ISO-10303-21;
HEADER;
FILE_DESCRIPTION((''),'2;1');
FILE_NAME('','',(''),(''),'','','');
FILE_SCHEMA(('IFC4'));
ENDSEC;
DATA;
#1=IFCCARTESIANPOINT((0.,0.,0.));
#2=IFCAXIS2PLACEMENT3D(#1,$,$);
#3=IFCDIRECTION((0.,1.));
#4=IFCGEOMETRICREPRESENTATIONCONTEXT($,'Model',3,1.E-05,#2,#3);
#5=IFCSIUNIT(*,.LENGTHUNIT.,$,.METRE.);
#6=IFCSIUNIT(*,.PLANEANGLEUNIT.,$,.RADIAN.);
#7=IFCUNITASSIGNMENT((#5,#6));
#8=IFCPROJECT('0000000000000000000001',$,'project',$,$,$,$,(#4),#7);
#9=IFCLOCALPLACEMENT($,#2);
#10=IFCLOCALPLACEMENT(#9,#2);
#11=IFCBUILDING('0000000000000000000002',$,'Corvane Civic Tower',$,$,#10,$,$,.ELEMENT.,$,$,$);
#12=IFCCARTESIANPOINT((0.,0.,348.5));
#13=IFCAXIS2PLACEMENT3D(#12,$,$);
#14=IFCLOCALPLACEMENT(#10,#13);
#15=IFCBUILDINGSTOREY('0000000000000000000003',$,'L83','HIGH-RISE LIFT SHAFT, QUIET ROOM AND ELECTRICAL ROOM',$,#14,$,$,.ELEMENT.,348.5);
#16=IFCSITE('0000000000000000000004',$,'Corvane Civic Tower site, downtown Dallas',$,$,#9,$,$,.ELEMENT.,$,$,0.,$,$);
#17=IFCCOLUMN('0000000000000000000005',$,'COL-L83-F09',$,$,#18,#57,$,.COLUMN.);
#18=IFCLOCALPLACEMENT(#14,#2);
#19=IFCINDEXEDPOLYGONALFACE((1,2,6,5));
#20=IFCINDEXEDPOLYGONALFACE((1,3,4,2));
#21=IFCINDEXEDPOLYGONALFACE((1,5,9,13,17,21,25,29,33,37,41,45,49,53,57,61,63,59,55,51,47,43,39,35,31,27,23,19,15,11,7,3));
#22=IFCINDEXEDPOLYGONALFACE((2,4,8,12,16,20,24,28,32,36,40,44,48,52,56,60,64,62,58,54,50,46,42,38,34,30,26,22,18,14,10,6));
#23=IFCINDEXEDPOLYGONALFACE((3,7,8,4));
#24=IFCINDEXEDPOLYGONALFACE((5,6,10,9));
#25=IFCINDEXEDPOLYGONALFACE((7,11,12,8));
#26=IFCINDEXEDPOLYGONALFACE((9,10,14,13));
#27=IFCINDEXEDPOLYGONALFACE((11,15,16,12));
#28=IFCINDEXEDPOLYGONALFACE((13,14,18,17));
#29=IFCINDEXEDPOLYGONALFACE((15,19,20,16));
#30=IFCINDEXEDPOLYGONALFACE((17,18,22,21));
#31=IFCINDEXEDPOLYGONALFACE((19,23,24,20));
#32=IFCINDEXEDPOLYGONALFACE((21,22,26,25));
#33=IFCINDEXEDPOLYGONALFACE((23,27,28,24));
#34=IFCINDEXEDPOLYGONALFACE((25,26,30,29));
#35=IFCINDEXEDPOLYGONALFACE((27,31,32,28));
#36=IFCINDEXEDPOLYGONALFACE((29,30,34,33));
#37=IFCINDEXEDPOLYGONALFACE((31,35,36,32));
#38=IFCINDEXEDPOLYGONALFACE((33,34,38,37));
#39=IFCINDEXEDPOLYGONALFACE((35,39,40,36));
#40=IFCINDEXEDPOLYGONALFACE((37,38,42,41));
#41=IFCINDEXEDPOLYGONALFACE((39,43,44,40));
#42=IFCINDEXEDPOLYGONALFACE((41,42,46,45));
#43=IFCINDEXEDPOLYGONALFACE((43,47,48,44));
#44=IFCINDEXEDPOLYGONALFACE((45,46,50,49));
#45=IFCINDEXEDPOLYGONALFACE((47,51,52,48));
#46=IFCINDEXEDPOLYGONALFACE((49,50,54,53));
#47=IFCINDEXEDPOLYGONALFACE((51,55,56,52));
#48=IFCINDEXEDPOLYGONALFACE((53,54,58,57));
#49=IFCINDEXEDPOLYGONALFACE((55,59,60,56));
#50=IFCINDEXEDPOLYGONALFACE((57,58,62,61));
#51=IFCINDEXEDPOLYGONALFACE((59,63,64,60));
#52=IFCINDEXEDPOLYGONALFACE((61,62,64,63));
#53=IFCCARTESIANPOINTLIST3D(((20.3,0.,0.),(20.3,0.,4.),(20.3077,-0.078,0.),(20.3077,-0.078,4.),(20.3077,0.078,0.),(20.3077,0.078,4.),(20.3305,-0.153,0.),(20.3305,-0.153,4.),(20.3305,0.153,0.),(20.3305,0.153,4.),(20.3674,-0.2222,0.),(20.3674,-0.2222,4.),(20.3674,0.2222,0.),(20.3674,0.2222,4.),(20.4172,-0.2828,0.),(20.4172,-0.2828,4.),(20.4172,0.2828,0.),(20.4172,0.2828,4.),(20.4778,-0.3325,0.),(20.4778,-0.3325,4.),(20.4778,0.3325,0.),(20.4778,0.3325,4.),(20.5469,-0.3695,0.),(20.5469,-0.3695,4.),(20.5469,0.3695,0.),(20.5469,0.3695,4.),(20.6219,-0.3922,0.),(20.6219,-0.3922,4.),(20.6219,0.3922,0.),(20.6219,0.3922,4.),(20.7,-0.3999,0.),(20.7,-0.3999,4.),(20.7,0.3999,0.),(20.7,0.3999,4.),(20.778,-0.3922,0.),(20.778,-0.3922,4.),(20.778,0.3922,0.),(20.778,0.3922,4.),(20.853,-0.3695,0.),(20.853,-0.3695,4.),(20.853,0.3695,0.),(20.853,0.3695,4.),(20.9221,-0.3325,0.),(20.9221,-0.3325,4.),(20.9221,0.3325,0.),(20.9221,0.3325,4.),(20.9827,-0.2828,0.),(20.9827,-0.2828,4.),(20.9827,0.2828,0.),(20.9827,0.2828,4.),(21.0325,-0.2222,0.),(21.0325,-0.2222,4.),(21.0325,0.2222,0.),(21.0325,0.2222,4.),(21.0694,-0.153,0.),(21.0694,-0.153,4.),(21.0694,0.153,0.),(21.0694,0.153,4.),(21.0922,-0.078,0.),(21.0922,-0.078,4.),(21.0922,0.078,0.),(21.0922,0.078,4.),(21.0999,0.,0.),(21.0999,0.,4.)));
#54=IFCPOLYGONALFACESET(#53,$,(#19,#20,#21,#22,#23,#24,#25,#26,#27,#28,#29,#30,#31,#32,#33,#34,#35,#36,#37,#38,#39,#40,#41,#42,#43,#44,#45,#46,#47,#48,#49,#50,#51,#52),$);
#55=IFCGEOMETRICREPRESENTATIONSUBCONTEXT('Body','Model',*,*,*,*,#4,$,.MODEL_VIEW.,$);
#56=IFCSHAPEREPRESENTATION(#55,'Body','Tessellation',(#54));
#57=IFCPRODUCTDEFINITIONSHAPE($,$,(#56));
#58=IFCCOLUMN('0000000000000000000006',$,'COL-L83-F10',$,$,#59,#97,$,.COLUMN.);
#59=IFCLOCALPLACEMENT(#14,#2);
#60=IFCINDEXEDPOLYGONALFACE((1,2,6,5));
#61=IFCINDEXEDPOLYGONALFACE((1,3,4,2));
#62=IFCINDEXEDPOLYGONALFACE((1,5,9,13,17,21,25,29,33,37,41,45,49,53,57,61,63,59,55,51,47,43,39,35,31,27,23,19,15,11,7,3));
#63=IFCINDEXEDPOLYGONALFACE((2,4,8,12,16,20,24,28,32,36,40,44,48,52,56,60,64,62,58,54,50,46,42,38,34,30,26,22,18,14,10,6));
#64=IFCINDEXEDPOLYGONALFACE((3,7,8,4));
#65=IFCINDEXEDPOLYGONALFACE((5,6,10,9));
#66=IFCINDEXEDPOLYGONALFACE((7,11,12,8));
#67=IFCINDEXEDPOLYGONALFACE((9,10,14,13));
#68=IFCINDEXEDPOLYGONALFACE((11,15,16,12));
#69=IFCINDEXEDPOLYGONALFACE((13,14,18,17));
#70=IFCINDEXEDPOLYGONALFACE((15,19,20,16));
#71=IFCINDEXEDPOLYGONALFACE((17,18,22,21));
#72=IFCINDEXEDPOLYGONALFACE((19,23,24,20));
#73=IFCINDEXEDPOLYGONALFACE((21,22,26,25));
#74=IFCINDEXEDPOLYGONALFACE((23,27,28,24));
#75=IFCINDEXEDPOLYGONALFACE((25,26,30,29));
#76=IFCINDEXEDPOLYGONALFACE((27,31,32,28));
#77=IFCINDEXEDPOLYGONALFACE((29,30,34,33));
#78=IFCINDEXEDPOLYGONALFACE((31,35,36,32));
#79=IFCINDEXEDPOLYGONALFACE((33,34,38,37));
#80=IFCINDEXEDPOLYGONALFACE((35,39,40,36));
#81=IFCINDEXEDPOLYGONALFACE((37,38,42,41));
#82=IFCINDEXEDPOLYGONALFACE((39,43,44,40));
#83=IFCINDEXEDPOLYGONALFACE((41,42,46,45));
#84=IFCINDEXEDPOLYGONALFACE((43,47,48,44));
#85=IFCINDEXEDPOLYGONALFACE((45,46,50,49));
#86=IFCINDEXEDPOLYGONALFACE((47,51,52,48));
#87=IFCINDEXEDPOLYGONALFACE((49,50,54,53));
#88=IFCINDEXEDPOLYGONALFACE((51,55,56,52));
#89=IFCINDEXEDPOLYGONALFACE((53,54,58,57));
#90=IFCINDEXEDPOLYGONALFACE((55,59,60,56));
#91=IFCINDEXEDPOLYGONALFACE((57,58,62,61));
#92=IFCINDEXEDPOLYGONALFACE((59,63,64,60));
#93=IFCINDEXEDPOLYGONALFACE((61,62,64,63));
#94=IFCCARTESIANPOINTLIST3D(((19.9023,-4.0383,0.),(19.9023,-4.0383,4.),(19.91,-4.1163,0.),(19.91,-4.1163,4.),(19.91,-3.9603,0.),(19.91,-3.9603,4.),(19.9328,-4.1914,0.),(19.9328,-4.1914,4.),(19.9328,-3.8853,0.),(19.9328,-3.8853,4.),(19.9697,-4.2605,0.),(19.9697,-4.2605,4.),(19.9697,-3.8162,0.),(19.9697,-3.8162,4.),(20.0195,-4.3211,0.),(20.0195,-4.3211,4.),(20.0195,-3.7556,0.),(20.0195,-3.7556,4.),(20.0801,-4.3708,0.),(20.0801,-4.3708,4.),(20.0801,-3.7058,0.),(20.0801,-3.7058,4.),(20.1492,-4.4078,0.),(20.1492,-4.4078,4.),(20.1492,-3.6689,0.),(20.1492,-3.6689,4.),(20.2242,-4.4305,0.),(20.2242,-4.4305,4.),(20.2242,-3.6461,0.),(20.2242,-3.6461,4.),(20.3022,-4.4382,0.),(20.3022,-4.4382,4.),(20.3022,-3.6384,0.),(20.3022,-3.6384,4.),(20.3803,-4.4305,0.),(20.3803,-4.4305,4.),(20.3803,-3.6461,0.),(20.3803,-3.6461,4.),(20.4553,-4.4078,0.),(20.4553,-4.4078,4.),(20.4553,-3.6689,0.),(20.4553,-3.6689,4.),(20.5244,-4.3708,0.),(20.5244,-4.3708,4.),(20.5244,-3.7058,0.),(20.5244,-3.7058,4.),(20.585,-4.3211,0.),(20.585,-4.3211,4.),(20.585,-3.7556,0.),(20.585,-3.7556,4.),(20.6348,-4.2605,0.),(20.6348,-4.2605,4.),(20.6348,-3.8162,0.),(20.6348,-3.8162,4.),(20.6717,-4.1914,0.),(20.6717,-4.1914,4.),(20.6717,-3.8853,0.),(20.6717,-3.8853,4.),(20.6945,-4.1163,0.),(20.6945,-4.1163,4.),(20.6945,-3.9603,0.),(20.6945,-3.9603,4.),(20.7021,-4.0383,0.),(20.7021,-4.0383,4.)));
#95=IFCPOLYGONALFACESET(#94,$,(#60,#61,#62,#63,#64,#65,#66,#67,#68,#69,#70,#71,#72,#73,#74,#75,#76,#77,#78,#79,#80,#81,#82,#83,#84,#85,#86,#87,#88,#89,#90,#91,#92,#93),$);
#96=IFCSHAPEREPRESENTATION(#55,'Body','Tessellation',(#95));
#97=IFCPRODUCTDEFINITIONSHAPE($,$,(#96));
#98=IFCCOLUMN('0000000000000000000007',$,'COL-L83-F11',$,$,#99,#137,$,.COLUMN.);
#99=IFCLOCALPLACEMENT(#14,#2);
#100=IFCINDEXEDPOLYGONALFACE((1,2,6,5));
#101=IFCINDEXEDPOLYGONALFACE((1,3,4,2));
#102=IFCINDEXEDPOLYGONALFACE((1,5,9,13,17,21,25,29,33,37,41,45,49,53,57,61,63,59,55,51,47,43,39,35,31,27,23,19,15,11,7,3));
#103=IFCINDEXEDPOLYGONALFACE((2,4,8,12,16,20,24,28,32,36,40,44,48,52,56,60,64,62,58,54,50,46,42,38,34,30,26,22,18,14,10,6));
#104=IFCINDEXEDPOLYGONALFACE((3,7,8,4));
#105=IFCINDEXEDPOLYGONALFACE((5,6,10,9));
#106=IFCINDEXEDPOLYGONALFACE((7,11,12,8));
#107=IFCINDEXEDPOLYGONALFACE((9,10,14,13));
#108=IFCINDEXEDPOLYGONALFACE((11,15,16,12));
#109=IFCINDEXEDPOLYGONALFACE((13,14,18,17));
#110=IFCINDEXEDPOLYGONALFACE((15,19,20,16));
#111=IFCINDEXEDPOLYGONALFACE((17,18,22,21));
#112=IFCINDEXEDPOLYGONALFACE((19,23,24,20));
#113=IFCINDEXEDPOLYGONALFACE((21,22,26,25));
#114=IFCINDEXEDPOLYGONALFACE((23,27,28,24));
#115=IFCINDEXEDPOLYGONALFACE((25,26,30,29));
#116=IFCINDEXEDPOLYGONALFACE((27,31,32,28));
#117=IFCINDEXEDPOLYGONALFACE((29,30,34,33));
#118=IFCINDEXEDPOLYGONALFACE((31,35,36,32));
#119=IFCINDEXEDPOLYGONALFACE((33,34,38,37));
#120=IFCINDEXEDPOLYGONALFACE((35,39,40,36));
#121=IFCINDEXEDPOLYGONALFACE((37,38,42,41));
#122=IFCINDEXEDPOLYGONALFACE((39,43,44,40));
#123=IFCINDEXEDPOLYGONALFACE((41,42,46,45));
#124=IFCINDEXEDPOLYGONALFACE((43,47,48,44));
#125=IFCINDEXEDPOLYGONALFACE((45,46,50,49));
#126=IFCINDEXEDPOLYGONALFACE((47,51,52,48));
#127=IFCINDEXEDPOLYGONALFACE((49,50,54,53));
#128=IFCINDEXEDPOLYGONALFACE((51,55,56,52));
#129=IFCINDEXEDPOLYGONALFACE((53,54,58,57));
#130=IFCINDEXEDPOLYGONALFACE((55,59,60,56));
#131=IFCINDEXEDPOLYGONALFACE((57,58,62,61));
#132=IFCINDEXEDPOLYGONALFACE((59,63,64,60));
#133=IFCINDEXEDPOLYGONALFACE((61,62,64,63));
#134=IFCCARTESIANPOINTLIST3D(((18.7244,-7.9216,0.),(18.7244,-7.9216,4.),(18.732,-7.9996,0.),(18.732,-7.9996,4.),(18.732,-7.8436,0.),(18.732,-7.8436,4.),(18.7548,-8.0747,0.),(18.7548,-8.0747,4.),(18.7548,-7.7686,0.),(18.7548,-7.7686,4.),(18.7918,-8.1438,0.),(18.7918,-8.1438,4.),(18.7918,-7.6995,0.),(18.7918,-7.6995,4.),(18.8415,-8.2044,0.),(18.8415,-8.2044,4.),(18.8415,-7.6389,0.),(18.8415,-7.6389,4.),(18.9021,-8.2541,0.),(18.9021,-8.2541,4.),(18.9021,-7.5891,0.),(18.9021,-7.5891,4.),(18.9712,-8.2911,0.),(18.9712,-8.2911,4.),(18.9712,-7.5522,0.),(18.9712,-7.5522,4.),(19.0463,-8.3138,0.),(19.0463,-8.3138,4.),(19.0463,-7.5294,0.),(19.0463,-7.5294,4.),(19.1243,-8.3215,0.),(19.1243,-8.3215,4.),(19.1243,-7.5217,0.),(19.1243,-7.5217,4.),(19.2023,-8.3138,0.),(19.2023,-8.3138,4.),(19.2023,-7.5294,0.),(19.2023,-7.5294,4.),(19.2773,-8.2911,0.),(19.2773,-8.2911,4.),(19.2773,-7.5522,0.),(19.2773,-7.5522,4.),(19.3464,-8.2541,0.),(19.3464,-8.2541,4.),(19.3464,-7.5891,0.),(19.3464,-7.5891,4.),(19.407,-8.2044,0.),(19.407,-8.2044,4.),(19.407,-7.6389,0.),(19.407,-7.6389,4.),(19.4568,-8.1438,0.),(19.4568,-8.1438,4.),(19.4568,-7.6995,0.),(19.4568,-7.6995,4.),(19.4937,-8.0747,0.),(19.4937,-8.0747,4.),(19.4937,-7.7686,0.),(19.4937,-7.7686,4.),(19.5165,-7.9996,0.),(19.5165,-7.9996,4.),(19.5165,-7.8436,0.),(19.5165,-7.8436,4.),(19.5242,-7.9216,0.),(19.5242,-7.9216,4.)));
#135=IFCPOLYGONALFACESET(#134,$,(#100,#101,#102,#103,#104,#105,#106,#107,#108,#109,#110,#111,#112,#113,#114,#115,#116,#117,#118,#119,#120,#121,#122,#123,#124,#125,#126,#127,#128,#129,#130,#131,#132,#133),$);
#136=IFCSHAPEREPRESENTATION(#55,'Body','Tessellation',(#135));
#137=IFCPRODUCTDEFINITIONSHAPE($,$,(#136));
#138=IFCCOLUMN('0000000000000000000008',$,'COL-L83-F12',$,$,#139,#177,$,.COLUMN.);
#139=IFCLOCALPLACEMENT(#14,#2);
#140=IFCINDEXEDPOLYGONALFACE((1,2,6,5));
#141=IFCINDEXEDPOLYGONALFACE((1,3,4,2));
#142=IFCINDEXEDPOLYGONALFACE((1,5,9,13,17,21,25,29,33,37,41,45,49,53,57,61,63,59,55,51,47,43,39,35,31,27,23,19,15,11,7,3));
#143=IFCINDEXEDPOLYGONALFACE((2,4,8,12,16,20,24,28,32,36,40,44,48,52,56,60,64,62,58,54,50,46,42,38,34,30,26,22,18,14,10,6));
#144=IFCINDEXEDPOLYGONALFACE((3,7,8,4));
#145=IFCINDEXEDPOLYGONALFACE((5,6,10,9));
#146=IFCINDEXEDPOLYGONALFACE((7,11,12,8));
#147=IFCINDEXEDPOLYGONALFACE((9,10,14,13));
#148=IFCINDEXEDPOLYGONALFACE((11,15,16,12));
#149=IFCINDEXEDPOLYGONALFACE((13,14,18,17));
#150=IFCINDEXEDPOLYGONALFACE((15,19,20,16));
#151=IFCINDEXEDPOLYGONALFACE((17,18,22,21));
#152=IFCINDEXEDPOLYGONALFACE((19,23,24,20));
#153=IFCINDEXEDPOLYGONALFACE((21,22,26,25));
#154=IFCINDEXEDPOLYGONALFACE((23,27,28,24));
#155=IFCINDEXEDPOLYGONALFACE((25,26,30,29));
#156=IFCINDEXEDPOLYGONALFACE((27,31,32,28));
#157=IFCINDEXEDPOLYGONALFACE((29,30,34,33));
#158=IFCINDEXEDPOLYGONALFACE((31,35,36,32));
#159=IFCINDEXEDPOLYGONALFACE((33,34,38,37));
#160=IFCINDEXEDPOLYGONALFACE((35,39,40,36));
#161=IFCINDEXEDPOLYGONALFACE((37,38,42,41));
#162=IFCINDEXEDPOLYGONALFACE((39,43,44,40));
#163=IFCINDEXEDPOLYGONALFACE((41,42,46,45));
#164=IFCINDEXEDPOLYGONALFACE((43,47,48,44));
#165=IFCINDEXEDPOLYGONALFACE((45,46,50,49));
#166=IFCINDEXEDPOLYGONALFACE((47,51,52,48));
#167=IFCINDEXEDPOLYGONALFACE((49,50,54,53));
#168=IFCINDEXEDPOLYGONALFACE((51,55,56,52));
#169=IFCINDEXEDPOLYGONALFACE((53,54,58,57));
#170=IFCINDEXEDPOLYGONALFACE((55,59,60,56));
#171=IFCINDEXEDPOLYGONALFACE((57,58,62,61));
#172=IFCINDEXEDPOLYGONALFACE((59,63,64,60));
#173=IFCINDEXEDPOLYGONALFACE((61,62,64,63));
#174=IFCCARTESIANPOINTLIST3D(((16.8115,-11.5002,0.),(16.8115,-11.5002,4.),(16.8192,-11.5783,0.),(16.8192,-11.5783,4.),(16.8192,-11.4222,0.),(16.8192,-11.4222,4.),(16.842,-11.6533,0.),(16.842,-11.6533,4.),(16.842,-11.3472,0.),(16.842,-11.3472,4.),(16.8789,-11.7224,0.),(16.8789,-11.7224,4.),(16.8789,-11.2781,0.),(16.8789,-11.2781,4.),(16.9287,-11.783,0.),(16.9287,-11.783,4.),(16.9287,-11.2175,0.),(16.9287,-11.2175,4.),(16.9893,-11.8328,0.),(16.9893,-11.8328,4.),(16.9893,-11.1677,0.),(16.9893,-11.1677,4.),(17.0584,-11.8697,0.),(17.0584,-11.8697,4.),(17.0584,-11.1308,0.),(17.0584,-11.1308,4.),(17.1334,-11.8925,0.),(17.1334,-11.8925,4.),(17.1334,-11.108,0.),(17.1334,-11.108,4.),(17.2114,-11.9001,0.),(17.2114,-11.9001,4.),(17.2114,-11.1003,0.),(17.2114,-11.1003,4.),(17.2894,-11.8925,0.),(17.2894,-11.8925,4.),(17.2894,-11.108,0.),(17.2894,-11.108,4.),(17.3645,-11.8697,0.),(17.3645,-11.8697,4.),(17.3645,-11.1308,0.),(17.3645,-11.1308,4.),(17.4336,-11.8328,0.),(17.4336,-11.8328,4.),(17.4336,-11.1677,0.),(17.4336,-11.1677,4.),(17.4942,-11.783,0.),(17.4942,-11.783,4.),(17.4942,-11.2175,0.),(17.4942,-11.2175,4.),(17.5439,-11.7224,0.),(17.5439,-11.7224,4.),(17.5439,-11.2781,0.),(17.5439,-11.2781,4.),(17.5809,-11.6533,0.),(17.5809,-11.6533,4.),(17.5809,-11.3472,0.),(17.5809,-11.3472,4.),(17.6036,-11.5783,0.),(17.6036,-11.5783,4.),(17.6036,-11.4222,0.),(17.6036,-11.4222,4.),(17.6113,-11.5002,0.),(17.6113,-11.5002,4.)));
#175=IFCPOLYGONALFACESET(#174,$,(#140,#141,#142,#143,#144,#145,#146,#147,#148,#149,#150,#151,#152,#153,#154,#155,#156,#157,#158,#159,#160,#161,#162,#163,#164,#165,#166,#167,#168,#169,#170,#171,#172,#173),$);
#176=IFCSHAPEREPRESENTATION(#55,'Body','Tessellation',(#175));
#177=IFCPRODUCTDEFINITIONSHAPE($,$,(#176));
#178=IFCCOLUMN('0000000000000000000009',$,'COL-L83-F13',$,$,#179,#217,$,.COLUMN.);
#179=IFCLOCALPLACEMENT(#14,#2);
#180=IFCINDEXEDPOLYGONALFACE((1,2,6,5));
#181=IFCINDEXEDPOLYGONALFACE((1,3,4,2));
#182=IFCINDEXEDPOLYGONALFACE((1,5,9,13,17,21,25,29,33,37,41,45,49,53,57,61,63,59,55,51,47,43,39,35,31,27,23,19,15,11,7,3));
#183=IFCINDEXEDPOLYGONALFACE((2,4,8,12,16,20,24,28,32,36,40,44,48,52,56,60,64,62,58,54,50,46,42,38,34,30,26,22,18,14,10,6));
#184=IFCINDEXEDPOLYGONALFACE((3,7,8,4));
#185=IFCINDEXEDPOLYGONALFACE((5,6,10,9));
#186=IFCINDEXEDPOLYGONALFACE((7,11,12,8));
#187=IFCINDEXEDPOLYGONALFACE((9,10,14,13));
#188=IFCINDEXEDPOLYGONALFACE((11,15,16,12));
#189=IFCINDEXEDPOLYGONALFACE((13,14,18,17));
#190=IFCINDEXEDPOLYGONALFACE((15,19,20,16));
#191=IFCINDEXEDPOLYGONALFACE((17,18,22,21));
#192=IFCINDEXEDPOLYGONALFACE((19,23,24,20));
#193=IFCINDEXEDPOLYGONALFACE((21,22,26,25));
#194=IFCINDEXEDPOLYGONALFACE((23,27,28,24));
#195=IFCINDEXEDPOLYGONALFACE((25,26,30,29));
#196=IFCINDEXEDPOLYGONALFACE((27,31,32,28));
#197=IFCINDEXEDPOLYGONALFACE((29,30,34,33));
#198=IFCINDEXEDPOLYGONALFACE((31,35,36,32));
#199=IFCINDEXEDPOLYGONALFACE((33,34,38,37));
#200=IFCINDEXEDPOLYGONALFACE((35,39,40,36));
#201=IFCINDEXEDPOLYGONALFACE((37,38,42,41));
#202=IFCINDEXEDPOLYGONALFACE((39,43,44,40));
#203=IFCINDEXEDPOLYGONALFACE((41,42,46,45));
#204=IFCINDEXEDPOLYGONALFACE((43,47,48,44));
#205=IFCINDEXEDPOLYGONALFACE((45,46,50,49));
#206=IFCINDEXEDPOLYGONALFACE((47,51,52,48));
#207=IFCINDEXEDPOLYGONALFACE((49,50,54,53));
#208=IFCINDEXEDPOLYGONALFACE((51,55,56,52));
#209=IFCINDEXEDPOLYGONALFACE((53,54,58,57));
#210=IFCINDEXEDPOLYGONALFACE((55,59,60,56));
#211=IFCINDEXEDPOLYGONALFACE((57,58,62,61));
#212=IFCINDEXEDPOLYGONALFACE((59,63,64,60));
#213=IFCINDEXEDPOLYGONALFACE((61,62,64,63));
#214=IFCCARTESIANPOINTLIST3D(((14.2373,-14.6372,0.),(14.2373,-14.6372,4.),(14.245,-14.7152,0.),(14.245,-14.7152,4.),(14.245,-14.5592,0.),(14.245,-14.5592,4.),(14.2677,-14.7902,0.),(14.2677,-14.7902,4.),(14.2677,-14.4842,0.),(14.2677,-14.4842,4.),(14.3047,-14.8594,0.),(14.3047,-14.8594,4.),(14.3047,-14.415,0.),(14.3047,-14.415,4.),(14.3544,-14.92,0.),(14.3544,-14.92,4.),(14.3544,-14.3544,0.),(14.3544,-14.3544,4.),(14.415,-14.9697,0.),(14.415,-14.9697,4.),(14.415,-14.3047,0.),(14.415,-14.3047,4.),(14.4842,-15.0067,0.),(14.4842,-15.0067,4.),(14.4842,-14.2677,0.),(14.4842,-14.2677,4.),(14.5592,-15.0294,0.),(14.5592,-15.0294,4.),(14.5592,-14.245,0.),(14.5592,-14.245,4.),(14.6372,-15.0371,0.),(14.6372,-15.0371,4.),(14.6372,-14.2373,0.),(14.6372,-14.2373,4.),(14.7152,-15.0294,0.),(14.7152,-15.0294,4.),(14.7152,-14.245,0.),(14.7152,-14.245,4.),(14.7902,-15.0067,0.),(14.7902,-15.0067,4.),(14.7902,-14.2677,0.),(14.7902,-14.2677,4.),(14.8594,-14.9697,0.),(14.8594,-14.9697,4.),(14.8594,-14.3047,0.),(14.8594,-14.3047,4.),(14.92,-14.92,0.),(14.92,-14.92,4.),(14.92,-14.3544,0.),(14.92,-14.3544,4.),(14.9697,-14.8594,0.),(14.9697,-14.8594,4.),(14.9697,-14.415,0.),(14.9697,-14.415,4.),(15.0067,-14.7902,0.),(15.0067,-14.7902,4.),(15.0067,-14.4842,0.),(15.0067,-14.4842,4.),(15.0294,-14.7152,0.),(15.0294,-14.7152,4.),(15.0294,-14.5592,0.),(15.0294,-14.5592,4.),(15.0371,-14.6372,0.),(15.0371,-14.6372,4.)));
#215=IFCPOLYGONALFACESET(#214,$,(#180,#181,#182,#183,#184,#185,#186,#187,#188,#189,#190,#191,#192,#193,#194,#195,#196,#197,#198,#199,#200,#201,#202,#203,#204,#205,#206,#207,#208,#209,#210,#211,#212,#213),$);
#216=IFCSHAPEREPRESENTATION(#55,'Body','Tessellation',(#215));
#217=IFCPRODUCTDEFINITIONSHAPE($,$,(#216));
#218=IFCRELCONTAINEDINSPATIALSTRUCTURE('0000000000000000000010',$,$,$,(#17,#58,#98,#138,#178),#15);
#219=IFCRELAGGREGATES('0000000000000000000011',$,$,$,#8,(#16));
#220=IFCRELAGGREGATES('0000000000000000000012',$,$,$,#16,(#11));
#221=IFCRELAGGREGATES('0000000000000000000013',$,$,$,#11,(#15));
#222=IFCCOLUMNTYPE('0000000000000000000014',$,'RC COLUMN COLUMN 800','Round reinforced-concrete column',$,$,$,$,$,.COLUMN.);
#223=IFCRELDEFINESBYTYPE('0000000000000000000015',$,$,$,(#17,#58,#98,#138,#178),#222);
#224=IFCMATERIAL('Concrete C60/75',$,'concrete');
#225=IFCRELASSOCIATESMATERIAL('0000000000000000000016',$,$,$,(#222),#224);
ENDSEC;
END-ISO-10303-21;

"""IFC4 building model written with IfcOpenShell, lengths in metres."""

from ifc_helpers import new_model, si_unit, direction, frame, origin, origin_2d, place, context, subcontext, project, spatial, circle, extrude, material, material_profile, profile_set, type_object, element, save


model = new_model("IFC4")

# Units and contexts
model_context = context("Model", 3, precision=1e-05, world=origin(), true_north=direction((0.0, 1.0)))
body_context = subcontext(model_context, "Body", "Model", "MODEL_VIEW")
ifc_project = project(units=[si_unit("LENGTHUNIT", "METRE"), si_unit("PLANEANGLEUNIT", "RADIAN")], contexts=[model_context])

# Site, building, storey
site_placement = place(None, origin())
site = spatial("IfcSite", under=ifc_project, at=site_placement, Name="Corvane Civic Tower site, downtown Dallas", CompositionType="ELEMENT", RefElevation=0.0)
building_placement = place(site_placement, origin())
building = spatial("IfcBuilding", under=site, at=building_placement, Name="Corvane Civic Tower", CompositionType="ELEMENT")
storey_placement = place(building_placement, frame((0.0, 0.0, 348.5)))
storey = spatial("IfcBuildingStorey", under=building, at=storey_placement, Name="L83", Description="HIGH-RISE LIFT SHAFT, QUIET ROOM AND ELECTRICAL ROOM", CompositionType="ELEMENT", Elevation=348.5)

# Columns
ifc_material_1 = material(Name="Concrete C60/75", Category="concrete")
ifc_material_profile_1 = material_profile(ifc_material_1, circle(Radius=0.3999, at=origin_2d()), Name="COLUMN 800")
ifc_profile_set_1 = profile_set([ifc_material_profile_1], Name="Concrete C60/75")
column_type = type_object("IfcColumnType", Name="RC COLUMN COLUMN 800", Description="Round reinforced-concrete column", PredefinedType="COLUMN", material=ifc_profile_set_1)
for number, where, z_axis, x_axis, name in (
    (1, (20.7, 0.0, 0.0), (0.0, 0.0, 1.0), (1.0, 0.0, 0.0), "COL-L83-F09"),
    (2, (20.3022, -4.0383, 0.0), (0.0, 0.0, 1.0), (1.0, 0.0, 0.0), "COL-L83-F10"),
    (3, (19.1243, -7.9216, 0.0), (0.0, 0.0, 1.0), (1.0, 0.0, 0.0), "COL-L83-F11"),
    (4, (17.2114, -11.5002, 0.0), (0.0, 0.0, 1.0), (1.0, 0.0, 0.0), "COL-L83-F12"),
    (5, (14.6372, -14.6372, 0.0), (0.0, 0.0, 1.0), (1.0, 0.0, 0.0), "COL-L83-F13"),
):
    element("IfcColumn", number, at=place(storey_placement, frame(where, z_axis=z_axis, x_axis=x_axis)), inside=storey, type_object=column_type, Name=name, PredefinedType="COLUMN", context=body_context, shape_type="SweptSolid", body=[
        extrude(circle(Radius=0.3999, at=origin_2d()), origin(), (0.0, 0.0, 1.0), 4.0),
    ])

save(model, "model.ifc")
